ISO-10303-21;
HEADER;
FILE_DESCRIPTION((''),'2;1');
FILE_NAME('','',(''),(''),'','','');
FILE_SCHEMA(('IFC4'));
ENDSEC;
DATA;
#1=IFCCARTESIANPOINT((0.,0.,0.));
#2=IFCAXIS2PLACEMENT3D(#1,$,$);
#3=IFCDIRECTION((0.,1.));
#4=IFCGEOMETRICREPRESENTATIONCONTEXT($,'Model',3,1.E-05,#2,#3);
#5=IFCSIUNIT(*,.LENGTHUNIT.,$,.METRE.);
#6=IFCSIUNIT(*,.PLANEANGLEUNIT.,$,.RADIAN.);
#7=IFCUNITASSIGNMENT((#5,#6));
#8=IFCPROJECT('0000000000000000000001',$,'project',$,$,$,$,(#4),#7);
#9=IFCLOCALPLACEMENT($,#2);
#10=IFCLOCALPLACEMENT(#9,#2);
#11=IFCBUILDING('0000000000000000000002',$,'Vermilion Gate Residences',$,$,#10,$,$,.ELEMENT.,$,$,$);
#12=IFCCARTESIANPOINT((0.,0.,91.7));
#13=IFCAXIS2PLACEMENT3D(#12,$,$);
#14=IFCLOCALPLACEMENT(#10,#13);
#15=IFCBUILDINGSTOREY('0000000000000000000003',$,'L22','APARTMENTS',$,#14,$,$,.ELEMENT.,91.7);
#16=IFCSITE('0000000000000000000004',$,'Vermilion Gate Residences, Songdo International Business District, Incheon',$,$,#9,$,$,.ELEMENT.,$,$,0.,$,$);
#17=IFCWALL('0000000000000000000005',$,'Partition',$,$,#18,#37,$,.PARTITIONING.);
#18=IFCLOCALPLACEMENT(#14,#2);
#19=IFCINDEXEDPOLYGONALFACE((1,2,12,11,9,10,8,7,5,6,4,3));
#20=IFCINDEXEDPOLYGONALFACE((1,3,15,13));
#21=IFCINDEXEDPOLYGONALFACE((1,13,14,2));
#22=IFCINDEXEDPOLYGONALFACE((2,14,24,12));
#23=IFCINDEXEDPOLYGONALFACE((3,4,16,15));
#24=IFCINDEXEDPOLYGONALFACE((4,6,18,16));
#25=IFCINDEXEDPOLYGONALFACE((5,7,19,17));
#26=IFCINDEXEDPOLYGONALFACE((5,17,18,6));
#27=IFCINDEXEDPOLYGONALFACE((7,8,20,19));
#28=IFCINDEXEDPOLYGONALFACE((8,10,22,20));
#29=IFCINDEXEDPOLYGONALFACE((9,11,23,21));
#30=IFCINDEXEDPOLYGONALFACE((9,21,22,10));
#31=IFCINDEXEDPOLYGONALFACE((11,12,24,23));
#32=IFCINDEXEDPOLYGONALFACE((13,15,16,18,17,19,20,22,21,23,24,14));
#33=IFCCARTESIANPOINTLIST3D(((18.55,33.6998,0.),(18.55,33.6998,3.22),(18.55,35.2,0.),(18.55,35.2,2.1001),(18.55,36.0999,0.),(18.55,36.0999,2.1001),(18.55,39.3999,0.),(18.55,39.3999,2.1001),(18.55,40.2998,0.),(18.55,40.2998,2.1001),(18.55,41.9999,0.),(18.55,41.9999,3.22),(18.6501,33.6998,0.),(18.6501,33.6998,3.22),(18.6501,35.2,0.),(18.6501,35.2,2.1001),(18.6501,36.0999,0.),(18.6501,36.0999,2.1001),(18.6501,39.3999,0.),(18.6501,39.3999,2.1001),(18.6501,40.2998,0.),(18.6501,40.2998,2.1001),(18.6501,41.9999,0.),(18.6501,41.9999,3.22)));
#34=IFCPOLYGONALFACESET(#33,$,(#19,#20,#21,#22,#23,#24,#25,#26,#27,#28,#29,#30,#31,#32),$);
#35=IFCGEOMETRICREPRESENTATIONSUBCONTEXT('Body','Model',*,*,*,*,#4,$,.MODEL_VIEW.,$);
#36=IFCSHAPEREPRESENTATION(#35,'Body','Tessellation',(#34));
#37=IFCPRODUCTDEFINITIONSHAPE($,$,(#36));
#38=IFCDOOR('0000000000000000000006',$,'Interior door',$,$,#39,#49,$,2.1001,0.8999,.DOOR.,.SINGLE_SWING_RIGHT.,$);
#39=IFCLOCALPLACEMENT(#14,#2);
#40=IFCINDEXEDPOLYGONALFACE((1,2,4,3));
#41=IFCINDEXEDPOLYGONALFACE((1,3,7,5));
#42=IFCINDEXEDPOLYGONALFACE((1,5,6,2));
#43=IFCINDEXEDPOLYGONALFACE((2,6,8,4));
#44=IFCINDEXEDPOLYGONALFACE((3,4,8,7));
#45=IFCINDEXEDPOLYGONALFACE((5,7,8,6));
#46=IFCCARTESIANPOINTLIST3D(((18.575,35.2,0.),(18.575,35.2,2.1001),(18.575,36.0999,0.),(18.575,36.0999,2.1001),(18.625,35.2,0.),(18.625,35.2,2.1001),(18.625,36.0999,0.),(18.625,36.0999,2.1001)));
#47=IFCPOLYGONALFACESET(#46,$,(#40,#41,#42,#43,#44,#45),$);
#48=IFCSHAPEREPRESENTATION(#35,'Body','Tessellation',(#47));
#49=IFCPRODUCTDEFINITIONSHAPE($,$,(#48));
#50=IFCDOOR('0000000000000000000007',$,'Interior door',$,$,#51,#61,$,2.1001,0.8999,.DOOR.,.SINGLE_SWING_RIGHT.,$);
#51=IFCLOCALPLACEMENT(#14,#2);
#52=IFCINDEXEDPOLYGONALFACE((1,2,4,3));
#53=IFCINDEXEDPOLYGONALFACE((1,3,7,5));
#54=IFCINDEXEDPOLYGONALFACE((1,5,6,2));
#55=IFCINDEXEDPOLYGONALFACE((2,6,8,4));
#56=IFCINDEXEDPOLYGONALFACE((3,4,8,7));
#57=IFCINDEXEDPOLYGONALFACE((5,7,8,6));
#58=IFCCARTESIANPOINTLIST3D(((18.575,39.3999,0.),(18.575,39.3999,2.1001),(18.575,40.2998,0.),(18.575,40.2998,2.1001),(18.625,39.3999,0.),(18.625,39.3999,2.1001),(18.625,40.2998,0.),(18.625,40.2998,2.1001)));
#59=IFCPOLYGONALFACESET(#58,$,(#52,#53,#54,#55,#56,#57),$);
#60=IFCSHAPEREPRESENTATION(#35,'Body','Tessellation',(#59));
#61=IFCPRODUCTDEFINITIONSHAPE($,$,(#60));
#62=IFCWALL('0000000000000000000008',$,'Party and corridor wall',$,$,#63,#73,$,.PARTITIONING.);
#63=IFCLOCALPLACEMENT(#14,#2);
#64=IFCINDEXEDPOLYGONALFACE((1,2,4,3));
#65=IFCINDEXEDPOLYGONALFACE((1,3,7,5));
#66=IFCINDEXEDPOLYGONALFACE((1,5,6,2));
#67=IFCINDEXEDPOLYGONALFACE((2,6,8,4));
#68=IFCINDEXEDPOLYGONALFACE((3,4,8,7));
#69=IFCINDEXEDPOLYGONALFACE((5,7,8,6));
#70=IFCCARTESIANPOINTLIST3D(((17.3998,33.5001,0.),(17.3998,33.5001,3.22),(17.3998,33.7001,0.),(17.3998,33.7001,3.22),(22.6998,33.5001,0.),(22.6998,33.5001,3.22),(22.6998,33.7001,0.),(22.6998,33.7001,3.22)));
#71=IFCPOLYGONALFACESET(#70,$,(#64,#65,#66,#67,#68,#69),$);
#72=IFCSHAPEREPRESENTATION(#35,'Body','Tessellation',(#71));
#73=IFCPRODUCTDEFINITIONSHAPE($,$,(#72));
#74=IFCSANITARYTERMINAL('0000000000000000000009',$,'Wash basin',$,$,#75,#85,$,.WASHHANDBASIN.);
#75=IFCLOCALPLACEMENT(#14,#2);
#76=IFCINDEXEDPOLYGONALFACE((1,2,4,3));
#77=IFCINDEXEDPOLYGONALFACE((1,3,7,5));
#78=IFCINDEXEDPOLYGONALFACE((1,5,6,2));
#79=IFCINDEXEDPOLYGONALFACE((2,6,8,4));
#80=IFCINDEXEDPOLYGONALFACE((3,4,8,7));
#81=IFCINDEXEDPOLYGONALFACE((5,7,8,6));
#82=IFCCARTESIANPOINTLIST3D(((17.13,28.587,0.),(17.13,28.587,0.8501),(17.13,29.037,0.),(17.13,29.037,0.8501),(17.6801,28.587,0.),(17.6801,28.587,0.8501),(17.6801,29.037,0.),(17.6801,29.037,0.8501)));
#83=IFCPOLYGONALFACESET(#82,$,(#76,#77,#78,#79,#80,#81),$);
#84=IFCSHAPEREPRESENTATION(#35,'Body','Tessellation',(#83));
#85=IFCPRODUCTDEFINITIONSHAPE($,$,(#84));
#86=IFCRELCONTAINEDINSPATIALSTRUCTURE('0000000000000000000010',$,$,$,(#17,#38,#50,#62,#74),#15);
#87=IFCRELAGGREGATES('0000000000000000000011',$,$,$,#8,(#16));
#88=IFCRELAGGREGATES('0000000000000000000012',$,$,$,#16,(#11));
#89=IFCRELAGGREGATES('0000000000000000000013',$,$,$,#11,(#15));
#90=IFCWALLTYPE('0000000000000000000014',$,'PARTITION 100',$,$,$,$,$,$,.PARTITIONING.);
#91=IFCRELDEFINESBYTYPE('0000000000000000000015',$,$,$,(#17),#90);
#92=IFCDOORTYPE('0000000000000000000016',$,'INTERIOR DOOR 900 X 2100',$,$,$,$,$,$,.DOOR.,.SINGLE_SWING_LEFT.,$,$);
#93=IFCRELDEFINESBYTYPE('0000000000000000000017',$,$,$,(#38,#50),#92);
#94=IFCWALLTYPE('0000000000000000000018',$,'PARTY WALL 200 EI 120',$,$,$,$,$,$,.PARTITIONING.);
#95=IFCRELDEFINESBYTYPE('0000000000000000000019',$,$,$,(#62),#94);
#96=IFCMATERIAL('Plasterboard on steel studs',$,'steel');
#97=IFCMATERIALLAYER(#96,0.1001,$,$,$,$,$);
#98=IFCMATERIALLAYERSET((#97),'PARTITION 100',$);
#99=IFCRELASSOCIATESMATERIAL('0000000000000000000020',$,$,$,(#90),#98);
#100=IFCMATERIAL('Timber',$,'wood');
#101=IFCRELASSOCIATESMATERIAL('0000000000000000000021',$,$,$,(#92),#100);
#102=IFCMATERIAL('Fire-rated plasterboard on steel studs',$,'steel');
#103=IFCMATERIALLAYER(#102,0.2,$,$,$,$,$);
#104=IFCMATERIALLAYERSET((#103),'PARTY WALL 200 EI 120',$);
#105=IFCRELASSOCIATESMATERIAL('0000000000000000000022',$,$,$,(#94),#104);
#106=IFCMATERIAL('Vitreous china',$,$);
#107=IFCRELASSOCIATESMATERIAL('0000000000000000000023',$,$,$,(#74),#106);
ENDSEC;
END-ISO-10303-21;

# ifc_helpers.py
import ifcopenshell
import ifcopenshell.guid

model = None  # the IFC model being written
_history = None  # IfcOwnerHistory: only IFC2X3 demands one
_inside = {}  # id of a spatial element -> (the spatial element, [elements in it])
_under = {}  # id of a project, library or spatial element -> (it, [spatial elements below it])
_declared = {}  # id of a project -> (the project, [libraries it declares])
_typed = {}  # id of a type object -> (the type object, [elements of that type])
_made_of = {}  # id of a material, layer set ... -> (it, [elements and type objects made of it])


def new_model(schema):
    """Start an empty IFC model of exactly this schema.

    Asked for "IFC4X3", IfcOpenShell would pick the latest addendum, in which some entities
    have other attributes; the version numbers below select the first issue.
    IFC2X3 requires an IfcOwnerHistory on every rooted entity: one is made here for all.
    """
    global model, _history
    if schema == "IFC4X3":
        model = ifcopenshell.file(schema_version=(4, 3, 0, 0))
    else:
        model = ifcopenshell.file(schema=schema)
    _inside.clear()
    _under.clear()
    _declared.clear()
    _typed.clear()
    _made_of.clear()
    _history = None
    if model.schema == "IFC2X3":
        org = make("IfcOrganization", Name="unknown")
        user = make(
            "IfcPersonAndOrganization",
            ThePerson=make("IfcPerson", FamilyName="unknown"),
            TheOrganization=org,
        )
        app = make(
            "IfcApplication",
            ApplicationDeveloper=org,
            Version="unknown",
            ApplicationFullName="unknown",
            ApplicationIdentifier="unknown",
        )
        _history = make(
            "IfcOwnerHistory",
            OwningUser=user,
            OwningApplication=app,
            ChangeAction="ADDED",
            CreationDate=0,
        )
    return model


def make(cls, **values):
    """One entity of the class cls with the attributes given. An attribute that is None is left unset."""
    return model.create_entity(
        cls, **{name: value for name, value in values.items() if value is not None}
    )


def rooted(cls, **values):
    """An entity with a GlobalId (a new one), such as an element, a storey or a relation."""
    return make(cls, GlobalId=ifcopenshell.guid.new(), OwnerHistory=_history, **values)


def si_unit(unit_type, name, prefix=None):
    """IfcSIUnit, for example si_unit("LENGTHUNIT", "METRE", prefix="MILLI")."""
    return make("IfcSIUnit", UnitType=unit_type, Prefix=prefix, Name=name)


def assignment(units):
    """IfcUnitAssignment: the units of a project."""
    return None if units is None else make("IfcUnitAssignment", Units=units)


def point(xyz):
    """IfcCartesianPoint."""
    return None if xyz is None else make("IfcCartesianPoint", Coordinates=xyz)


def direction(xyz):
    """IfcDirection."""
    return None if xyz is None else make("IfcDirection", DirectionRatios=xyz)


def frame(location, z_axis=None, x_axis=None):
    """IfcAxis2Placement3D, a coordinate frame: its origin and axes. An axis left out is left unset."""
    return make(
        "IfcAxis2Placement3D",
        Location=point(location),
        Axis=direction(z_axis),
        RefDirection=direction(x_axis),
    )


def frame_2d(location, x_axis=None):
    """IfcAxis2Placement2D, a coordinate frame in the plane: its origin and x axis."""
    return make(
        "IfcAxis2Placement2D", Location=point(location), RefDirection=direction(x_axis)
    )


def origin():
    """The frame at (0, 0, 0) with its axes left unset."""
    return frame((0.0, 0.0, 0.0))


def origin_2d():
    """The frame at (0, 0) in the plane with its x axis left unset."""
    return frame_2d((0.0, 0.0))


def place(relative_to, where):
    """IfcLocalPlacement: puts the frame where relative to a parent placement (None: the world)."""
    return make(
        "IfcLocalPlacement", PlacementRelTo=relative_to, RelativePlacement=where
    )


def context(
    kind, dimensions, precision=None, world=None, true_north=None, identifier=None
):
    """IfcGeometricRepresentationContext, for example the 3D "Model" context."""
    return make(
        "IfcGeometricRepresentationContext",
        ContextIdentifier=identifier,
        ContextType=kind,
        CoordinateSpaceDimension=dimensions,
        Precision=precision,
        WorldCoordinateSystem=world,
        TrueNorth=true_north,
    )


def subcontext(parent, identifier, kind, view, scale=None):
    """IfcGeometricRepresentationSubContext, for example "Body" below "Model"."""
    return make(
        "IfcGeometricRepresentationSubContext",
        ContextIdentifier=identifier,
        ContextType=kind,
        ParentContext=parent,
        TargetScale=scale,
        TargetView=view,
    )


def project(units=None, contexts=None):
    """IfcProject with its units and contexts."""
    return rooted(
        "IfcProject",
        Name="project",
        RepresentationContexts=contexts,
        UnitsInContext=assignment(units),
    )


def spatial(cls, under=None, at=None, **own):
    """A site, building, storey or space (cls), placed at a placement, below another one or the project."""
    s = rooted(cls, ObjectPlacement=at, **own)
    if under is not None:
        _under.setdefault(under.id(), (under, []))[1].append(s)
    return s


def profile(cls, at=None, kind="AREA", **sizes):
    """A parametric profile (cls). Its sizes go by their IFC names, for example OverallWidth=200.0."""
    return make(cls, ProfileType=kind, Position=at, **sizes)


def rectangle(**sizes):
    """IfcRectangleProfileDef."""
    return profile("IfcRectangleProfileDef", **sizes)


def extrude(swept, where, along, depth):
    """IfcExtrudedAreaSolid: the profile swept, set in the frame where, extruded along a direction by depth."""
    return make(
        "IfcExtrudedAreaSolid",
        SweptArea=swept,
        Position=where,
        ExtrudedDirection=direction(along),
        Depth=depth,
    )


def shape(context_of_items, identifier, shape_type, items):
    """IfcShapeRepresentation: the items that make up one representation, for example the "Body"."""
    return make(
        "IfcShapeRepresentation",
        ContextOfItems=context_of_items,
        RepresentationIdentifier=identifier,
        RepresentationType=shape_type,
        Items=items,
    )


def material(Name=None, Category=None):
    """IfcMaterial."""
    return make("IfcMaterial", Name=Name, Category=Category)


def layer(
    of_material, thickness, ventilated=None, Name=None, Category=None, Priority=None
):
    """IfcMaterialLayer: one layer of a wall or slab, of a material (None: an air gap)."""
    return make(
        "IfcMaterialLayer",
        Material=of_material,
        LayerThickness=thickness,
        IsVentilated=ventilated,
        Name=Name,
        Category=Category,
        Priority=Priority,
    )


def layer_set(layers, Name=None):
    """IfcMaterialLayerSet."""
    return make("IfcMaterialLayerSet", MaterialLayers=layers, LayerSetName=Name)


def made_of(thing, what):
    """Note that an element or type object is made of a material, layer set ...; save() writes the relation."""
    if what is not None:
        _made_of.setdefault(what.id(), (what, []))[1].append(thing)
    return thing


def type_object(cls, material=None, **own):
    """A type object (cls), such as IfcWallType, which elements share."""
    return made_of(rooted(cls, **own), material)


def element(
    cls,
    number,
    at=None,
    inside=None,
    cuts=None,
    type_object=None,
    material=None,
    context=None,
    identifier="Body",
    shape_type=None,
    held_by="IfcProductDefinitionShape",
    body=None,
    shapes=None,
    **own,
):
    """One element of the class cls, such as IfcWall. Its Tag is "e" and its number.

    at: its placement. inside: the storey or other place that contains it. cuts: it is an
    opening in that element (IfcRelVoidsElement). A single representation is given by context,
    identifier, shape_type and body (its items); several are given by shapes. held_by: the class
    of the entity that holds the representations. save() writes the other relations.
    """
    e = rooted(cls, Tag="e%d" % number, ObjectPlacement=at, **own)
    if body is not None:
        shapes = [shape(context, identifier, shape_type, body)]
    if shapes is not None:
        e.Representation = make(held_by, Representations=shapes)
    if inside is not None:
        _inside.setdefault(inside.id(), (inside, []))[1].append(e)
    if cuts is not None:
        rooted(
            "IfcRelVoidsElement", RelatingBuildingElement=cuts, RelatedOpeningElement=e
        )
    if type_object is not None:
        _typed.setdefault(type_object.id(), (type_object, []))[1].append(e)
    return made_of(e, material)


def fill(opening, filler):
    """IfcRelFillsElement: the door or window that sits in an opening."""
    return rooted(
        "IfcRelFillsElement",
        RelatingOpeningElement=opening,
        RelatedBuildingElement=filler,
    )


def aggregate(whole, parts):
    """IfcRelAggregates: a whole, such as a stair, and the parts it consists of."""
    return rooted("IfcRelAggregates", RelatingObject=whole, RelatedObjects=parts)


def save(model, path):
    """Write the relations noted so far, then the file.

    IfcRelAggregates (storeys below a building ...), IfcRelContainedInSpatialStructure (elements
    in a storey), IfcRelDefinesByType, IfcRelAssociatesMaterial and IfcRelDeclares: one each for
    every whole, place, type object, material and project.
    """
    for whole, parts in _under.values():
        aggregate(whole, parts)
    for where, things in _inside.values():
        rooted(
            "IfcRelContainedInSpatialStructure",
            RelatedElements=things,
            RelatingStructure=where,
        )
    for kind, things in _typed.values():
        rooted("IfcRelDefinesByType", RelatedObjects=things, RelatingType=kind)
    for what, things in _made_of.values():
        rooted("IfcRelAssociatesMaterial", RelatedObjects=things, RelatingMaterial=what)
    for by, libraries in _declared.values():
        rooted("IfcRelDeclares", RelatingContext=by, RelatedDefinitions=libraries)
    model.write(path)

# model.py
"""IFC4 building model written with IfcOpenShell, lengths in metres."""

from ifc_helpers import new_model, si_unit, direction, frame, frame_2d, origin, origin_2d, place, context, subcontext, project, spatial, rectangle, extrude, material, layer, layer_set, type_object, element, fill, save


model = new_model("IFC4")

# Units and contexts
model_context = context("Model", 3, precision=1e-05, world=origin(), true_north=direction((0.0, 1.0)))
body_context = subcontext(model_context, "Body", "Model", "MODEL_VIEW")
ifc_project = project(units=[si_unit("LENGTHUNIT", "METRE"), si_unit("PLANEANGLEUNIT", "RADIAN")], contexts=[model_context])

# Site, building, storey
site_placement = place(None, origin())
site = spatial("IfcSite", under=ifc_project, at=site_placement, Name="Vermilion Gate Residences, Songdo International Business District, Incheon", CompositionType="ELEMENT", RefElevation=0.0)
building_placement = place(site_placement, origin())
building = spatial("IfcBuilding", under=site, at=building_placement, Name="Vermilion Gate Residences", CompositionType="ELEMENT")
storey_placement = place(building_placement, frame((0.0, 0.0, 91.7)))
storey = spatial("IfcBuildingStorey", under=building, at=storey_placement, Name="L22", Description="APARTMENTS", CompositionType="ELEMENT", Elevation=91.7)

# Shared definitions
ifc_material_1 = material(Name="Plasterboard on steel studs", Category="steel")
ifc_layer_1 = layer(ifc_material_1, 0.1001)
ifc_layer_set_1 = layer_set([ifc_layer_1], Name="PARTITION 100")
wall_type_1 = type_object("IfcWallType", Name="PARTITION 100", PredefinedType="PARTITIONING", material=ifc_layer_set_1)

# Wall, openings, doors
ifc_material_2 = material(Name="Timber", Category="wood")
door_type = type_object("IfcDoorType", Name="INTERIOR DOOR 900 X 2100", OperationType="SINGLE_SWING_LEFT", PredefinedType="DOOR", material=ifc_material_2)
wall_1_placement = place(storey_placement, frame((18.6001, 33.7, 0.0), z_axis=(0.0, 0.0, 1.0), x_axis=(0.0, 1.0, 0.0)))
wall_1 = element("IfcWall", 1, at=wall_1_placement, inside=storey, type_object=wall_type_1, Name="Partition", PredefinedType="PARTITIONING", context=body_context, shape_type="SweptSolid", body=[
    extrude(rectangle(XDim=8.3, YDim=0.1001, at=frame_2d((4.1499, 0.0))), origin(), (0.0, 0.0, 1.0), 3.22),
])
opening_1_placement = place(wall_1_placement, frame((1.5, 0.0, 0.0)))
opening_1 = element("IfcOpeningElement", 2, at=opening_1_placement, cuts=wall_1, PredefinedType="OPENING", context=body_context, shape_type="SweptSolid", body=[
    extrude(rectangle(XDim=0.8999, YDim=2.1001, at=frame_2d((0.45, 1.05))), frame((0.0, 0.0601, 0.0), z_axis=(0.0, -1.0, 0.0), x_axis=(1.0, 0.0, 0.0)), (0.0, 0.0, 1.0), 0.1201),
])
opening_2_placement = place(wall_1_placement, frame((5.7, 0.0, 0.0)))
opening_2 = element("IfcOpeningElement", 3, at=opening_2_placement, cuts=wall_1, PredefinedType="OPENING", context=body_context, shape_type="SweptSolid", body=[
    extrude(rectangle(XDim=0.8999, YDim=2.1001, at=frame_2d((0.45, 1.05))), frame((0.0, 0.0601, 0.0), z_axis=(0.0, -1.0, 0.0), x_axis=(1.0, 0.0, 0.0)), (0.0, 0.0, 1.0), 0.1201),
])
door_1_placement = place(opening_1_placement, frame((0.8999, 0.0, 0.0), z_axis=(0.0, 0.0, 1.0), x_axis=(-1.0, 0.0, 0.0)))
door_1 = element("IfcDoor", 4, at=door_1_placement, inside=storey, type_object=door_type, Name="Interior door", OperationType="SINGLE_SWING_RIGHT", OverallHeight=2.1001, OverallWidth=0.8999, PredefinedType="DOOR", context=body_context, shape_type="SweptSolid", body=[
    extrude(rectangle(XDim=0.8999, YDim=2.1001, at=frame_2d((0.45, 1.05))), frame((0.0, 0.0249, 0.0), z_axis=(0.0, -1.0, 0.0), x_axis=(1.0, 0.0, 0.0)), (0.0, 0.0, 1.0), 0.05),
])
fill(opening_1, door_1)
door_2_placement = place(opening_2_placement, frame((0.8999, 0.0, 0.0), z_axis=(0.0, 0.0, 1.0), x_axis=(-1.0, 0.0, 0.0)))
door_2 = element("IfcDoor", 5, at=door_2_placement, inside=storey, type_object=door_type, Name="Interior door", OperationType="SINGLE_SWING_RIGHT", OverallHeight=2.1001, OverallWidth=0.8999, PredefinedType="DOOR", context=body_context, shape_type="SweptSolid", body=[
    extrude(rectangle(XDim=0.8999, YDim=2.1001, at=frame_2d((0.45, 1.05))), frame((0.0, 0.0249, 0.0), z_axis=(0.0, -1.0, 0.0), x_axis=(1.0, 0.0, 0.0)), (0.0, 0.0, 1.0), 0.05),
])
fill(opening_2, door_2)

# Wall
ifc_material_3 = material(Name="Fire-rated plasterboard on steel studs", Category="steel")
ifc_layer_2 = layer(ifc_material_3, 0.2)
ifc_layer_set_2 = layer_set([ifc_layer_2], Name="PARTY WALL 200 EI 120")
wall_type_2 = type_object("IfcWallType", Name="PARTY WALL 200 EI 120", PredefinedType="PARTITIONING", material=ifc_layer_set_2)
wall_2_placement = place(storey_placement, frame((17.3999, 33.6001, 0.0), z_axis=(0.0, 0.0, 1.0), x_axis=(1.0, 0.0, 0.0)))
element("IfcWall", 6, at=wall_2_placement, inside=storey, type_object=wall_type_2, Name="Party and corridor wall", PredefinedType="PARTITIONING", context=body_context, shape_type="SweptSolid", body=[
    extrude(rectangle(XDim=5.3, YDim=0.2, at=frame_2d((2.6499, 0.0))), origin(), (0.0, 0.0, 1.0), 3.22),
])

# Sanitary terminal
ifc_material_4 = material(Name="Vitreous china")
sanitary_terminal_placement = place(storey_placement, frame((17.405, 28.812, 0.0), z_axis=(0.0, 0.0, 1.0), x_axis=(1.0, 0.0, 0.0)))
element("IfcSanitaryTerminal", 7, at=sanitary_terminal_placement, inside=storey, material=ifc_material_4, Name="Wash basin", PredefinedType="WASHHANDBASIN", context=body_context, shape_type="SweptSolid", body=[
    extrude(rectangle(XDim=0.55, YDim=0.45, at=origin_2d()), origin(), (0.0, 0.0, 1.0), 0.8501),
])

save(model, "model.ifc")
